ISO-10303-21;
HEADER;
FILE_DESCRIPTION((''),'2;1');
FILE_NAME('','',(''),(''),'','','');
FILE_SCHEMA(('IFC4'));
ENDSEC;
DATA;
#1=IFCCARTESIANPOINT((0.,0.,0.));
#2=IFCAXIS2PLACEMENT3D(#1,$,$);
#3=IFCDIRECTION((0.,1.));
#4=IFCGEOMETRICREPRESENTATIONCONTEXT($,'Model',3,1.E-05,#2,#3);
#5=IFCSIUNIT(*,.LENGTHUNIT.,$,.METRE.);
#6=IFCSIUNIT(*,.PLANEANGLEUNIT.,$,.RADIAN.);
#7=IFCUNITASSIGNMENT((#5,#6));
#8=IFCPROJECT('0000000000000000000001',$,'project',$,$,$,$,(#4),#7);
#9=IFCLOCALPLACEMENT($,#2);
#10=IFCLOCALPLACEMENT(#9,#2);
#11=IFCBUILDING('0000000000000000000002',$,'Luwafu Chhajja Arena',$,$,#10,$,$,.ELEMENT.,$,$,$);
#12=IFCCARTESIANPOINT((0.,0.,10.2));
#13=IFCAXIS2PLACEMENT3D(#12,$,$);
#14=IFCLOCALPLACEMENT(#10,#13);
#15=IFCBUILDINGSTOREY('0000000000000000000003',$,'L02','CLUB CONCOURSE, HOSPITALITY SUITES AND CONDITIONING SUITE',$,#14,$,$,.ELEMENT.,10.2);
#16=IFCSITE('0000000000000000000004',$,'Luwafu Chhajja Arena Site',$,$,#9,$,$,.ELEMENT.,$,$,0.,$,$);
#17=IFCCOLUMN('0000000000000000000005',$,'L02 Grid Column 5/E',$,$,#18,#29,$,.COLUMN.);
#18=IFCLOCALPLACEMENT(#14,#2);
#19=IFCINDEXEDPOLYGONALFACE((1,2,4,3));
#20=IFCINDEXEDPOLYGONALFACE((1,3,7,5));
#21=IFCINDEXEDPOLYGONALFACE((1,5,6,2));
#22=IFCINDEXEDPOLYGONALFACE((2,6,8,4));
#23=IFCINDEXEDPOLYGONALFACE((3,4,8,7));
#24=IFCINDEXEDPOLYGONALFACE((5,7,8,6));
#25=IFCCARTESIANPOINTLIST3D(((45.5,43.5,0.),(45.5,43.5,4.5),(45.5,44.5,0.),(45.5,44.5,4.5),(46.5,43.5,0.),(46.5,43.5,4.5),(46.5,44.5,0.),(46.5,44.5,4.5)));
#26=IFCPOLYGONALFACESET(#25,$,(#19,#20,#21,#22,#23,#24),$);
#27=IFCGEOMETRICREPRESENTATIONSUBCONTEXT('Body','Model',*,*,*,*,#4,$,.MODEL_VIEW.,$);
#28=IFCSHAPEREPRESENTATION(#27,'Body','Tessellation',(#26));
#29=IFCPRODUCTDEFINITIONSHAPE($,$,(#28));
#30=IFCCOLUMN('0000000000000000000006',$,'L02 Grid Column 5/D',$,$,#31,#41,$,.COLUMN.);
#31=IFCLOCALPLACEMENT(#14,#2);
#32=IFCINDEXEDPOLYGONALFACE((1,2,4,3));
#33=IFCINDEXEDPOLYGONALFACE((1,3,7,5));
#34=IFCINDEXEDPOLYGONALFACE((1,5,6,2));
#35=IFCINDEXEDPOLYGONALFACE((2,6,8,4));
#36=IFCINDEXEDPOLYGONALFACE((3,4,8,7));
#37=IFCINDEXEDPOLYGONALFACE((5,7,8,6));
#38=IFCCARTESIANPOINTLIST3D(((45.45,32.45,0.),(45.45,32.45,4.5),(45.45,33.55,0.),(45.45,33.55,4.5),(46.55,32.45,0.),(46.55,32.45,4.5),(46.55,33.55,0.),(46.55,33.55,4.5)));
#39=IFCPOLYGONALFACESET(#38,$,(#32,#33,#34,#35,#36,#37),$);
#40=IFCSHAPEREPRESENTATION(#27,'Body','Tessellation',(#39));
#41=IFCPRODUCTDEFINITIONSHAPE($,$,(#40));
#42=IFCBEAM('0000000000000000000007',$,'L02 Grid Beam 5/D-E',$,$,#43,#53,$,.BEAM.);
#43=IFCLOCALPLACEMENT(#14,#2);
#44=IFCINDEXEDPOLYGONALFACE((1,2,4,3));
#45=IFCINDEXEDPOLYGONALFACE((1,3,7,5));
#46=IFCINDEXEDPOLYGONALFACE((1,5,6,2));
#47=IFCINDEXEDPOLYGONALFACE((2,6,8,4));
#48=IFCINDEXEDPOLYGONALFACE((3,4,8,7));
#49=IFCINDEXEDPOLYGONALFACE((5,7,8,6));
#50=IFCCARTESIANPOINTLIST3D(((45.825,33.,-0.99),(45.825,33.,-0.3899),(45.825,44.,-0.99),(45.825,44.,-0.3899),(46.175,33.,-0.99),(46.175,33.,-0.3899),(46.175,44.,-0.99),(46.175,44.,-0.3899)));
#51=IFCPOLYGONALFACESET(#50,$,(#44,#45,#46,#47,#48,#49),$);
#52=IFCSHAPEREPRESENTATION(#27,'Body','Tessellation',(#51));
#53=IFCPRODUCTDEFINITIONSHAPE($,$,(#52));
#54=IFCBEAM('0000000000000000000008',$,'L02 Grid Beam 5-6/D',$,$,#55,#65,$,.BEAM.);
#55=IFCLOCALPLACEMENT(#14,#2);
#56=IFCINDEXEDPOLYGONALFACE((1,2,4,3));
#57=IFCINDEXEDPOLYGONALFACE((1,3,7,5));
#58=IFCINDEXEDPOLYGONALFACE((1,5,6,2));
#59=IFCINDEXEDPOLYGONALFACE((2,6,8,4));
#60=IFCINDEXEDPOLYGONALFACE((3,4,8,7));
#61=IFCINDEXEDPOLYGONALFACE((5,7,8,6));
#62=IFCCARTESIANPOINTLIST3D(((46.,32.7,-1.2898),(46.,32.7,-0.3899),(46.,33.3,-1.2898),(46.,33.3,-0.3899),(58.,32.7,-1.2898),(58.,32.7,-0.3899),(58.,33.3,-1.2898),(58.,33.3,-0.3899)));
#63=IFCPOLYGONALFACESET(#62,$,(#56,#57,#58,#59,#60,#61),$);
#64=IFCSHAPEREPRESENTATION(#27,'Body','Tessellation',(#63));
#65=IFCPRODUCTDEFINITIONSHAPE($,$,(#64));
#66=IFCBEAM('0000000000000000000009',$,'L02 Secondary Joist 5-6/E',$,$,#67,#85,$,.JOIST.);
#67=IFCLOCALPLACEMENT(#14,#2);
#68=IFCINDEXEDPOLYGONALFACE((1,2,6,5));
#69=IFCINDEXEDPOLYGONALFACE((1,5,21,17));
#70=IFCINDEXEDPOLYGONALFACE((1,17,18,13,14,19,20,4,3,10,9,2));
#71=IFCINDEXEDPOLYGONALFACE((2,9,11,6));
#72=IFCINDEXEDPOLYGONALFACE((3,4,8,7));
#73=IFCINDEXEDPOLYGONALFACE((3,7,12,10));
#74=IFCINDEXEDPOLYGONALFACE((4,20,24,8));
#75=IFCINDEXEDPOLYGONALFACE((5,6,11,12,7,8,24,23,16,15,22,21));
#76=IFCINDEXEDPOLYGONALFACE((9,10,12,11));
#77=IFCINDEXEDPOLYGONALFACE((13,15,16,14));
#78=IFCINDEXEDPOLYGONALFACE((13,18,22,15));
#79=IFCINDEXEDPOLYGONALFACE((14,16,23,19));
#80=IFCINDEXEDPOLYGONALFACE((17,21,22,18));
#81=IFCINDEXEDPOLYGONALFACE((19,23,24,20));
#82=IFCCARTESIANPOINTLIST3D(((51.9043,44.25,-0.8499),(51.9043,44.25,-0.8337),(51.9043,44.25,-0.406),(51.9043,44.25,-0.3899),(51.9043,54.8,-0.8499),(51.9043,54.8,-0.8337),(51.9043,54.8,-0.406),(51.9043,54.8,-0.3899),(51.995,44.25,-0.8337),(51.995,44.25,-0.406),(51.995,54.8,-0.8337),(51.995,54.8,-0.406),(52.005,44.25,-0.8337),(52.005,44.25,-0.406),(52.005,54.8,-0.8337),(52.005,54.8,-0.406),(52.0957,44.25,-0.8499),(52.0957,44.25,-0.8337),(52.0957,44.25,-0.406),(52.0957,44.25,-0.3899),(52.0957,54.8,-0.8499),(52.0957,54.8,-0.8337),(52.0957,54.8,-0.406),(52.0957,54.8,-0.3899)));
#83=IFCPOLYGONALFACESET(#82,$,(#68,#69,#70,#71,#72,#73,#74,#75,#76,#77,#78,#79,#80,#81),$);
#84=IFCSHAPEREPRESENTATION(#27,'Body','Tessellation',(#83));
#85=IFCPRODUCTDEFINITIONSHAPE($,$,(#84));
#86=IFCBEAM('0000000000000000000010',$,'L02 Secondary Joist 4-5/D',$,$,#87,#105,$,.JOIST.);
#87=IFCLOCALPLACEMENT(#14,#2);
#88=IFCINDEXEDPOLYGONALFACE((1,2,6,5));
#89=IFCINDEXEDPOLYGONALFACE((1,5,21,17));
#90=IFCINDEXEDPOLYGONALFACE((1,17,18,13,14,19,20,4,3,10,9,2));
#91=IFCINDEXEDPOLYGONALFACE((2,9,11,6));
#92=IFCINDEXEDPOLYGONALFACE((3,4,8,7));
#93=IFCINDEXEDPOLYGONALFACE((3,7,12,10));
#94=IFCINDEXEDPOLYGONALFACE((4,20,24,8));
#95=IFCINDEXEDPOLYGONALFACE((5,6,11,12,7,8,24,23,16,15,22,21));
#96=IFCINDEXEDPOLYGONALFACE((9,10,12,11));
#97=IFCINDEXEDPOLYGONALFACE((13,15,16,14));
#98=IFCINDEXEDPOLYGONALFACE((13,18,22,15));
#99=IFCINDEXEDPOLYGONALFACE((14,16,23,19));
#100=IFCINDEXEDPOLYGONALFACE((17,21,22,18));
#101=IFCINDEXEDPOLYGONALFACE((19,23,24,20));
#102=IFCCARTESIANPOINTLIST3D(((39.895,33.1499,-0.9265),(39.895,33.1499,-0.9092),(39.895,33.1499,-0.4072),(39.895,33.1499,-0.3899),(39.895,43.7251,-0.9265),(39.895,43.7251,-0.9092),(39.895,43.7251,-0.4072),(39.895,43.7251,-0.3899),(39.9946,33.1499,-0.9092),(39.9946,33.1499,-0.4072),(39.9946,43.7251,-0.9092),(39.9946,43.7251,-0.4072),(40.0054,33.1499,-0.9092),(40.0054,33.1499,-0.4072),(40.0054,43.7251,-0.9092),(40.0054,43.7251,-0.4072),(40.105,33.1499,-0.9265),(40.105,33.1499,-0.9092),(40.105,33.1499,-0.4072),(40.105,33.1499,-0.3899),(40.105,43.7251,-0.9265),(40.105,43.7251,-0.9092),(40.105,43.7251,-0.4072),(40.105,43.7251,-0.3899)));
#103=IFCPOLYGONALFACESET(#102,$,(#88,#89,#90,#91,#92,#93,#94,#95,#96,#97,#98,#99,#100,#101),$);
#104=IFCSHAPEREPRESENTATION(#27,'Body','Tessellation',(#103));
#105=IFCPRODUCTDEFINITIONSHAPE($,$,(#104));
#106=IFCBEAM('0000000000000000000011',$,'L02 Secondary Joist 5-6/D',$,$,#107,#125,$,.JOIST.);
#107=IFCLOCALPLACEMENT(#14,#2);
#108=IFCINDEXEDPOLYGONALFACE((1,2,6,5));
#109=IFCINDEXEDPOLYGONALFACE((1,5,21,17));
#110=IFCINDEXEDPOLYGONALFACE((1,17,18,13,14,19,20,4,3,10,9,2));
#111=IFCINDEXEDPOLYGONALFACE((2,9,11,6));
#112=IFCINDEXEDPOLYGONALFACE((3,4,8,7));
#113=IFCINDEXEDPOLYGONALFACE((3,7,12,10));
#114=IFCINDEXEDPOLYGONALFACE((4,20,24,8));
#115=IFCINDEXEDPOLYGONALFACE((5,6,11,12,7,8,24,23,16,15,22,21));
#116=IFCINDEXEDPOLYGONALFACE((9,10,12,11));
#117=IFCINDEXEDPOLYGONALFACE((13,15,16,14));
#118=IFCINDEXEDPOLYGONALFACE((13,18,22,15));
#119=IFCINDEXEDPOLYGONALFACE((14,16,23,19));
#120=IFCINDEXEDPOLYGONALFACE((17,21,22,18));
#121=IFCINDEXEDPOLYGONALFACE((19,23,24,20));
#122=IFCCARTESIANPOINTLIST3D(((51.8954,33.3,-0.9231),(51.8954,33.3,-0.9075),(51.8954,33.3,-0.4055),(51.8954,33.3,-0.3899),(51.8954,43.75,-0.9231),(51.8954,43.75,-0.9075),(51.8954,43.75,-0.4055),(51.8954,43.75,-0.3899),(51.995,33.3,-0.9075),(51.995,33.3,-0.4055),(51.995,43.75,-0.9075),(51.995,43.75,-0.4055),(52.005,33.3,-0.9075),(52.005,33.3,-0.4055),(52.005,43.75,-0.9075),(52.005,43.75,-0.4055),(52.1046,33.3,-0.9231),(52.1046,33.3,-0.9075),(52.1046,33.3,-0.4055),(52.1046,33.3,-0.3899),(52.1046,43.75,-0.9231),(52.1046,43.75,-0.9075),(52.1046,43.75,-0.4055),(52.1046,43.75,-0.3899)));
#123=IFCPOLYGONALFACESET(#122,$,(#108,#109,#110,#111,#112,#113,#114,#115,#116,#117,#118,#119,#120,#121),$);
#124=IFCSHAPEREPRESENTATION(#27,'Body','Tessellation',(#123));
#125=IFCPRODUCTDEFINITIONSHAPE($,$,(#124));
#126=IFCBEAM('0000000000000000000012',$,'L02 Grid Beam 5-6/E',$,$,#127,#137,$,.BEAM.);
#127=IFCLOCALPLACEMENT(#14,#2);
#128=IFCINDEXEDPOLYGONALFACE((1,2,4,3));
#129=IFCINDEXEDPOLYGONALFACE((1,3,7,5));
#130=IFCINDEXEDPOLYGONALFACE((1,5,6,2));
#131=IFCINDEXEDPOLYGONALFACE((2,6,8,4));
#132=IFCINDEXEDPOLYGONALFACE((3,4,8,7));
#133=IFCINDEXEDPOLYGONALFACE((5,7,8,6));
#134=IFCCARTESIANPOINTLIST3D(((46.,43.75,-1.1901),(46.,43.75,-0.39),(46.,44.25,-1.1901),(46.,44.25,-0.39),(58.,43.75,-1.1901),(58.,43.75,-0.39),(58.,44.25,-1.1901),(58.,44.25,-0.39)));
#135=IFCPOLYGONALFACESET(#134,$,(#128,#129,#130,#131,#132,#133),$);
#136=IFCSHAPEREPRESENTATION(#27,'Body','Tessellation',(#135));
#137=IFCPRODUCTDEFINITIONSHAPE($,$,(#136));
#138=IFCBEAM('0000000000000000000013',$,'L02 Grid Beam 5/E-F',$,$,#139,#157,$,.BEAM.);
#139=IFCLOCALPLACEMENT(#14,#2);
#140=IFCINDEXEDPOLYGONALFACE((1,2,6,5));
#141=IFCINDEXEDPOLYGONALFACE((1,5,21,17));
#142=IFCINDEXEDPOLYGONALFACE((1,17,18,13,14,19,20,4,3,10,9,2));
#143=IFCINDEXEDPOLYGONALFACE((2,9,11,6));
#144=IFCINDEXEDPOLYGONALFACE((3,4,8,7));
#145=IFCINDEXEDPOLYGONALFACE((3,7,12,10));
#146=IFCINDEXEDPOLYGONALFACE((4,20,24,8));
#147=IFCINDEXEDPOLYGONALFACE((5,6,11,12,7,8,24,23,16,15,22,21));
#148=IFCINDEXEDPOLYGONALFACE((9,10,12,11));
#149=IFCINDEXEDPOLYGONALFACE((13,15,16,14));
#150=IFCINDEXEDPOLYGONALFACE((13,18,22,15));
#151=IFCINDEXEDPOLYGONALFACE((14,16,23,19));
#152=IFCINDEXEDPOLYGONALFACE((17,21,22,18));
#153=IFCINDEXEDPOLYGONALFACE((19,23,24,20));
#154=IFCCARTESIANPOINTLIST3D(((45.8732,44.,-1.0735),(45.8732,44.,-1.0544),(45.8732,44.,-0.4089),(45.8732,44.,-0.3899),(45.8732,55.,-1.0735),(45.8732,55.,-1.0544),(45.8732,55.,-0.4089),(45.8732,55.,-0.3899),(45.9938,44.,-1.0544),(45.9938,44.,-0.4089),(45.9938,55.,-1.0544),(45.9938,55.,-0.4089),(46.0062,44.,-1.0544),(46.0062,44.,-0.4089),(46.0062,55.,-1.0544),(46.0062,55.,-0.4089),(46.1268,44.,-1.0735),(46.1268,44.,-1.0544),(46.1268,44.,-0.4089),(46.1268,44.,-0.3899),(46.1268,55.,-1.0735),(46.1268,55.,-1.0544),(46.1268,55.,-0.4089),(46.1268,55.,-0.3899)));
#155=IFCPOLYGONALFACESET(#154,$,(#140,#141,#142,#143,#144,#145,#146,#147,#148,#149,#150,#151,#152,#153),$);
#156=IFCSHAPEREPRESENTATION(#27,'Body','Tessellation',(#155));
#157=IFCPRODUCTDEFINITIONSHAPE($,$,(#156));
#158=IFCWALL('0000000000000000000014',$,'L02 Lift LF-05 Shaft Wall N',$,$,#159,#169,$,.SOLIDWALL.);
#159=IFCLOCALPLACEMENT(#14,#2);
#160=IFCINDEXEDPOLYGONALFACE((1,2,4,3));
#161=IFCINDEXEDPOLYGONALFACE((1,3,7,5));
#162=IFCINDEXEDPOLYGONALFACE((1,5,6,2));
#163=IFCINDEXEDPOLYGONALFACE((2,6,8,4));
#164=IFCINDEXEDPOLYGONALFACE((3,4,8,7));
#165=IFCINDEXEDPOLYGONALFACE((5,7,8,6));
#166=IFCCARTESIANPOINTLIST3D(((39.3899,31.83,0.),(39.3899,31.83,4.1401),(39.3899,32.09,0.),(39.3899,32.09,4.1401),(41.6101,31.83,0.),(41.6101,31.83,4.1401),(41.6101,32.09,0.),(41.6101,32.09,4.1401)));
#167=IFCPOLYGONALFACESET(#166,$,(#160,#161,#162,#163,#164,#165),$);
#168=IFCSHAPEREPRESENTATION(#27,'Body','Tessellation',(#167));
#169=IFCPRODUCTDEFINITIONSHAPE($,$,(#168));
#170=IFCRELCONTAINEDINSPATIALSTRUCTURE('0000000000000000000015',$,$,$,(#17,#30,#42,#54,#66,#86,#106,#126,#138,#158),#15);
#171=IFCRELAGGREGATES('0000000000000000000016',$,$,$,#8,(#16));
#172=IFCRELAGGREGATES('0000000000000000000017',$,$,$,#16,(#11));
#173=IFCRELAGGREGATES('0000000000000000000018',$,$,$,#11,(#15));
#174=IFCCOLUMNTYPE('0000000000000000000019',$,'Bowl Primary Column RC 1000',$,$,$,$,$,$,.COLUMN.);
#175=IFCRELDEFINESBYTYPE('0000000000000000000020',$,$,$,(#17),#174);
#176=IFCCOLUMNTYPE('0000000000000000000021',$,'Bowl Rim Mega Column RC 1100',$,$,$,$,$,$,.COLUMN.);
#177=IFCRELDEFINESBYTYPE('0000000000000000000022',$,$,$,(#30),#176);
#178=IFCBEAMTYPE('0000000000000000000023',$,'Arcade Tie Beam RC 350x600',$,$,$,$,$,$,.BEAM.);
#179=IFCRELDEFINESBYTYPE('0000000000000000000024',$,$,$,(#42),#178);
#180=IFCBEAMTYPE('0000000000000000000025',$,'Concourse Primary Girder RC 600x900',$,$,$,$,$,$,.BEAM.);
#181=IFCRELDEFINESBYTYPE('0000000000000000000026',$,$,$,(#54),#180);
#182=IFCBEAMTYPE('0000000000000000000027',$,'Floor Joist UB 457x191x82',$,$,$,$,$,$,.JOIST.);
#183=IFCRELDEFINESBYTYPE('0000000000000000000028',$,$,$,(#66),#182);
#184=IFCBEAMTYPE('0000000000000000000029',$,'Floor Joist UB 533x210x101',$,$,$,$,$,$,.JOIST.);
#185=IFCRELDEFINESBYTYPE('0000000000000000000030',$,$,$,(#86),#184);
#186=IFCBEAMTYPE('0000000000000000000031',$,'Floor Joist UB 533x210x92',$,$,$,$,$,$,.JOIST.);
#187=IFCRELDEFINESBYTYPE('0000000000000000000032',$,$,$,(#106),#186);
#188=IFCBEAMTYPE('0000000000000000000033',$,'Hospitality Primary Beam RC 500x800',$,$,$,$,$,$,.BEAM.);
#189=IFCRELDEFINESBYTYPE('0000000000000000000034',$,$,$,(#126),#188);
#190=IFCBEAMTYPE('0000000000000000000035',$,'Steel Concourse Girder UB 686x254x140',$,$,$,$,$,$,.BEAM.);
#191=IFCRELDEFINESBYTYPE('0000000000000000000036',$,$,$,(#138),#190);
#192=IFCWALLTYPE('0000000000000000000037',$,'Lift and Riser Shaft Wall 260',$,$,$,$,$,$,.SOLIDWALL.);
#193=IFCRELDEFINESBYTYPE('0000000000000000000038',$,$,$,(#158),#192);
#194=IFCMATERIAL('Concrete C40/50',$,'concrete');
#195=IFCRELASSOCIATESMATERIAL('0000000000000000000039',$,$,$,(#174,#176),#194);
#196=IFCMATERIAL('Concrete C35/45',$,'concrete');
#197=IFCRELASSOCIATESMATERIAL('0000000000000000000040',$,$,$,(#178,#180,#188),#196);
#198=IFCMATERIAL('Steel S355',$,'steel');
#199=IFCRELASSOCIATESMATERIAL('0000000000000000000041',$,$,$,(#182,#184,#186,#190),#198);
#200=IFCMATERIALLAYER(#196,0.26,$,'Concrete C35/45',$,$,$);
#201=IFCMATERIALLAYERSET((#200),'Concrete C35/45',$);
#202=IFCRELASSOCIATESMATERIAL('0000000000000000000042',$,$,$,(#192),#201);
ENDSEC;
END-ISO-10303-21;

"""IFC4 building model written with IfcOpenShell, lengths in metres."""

from ifc_helpers import new_model, si_unit, direction, frame, frame_2d, origin, origin_2d, place, context, subcontext, project, spatial, rectangle, i_section, extrude, material, layer, layer_set, material_profile, profile_set, type_object, element, save


model = new_model("IFC4")

# Units and contexts
model_context = context("Model", 3, precision=1e-05, world=origin(), true_north=direction((0.0, 1.0)))
body_context = subcontext(model_context, "Body", "Model", "MODEL_VIEW")
ifc_project = project(units=[si_unit("LENGTHUNIT", "METRE"), si_unit("PLANEANGLEUNIT", "RADIAN")], contexts=[model_context])

# Site, building, storey
site_placement = place(None, origin())
site = spatial("IfcSite", under=ifc_project, at=site_placement, Name="Luwafu Chhajja Arena Site", CompositionType="ELEMENT", RefElevation=0.0)
building_placement = place(site_placement, origin())
building = spatial("IfcBuilding", under=site, at=building_placement, Name="Luwafu Chhajja Arena", CompositionType="ELEMENT")
storey_placement = place(building_placement, frame((0.0, 0.0, 10.2)))
storey = spatial("IfcBuildingStorey", under=building, at=storey_placement, Name="L02", Description="CLUB CONCOURSE, HOSPITALITY SUITES AND CONDITIONING SUITE", CompositionType="ELEMENT", Elevation=10.2)

# Columns
ifc_material_1 = material(Name="Concrete C40/50", Category="concrete")
ifc_material_profile_1 = material_profile(ifc_material_1, rectangle(XDim=1.0, YDim=1.0, at=origin_2d()), Name="RC 1000x1000")
ifc_profile_set_1 = profile_set([ifc_material_profile_1], Name="Concrete C40/50")
column_type_1 = type_object("IfcColumnType", Name="Bowl Primary Column RC 1000", PredefinedType="COLUMN", material=ifc_profile_set_1)
column_1_placement = place(storey_placement, frame((46.0, 44.0, 0.0), z_axis=(0.0, 0.0, 1.0), x_axis=(1.0, 0.0, 0.0)))
element("IfcColumn", 1, at=column_1_placement, inside=storey, type_object=column_type_1, Name="L02 Grid Column 5/E", PredefinedType="COLUMN", context=body_context, shape_type="SweptSolid", body=[
    extrude(rectangle(XDim=1.0, YDim=1.0, at=origin_2d()), origin(), (0.0, 0.0, 1.0), 4.5),
])
ifc_material_profile_2 = material_profile(ifc_material_1, rectangle(XDim=1.1001, YDim=1.1001, at=origin_2d()), Name="RC 1100x1100")
ifc_profile_set_2 = profile_set([ifc_material_profile_2], Name="Concrete C40/50")
column_type_2 = type_object("IfcColumnType", Name="Bowl Rim Mega Column RC 1100", PredefinedType="COLUMN", material=ifc_profile_set_2)
column_2_placement = place(storey_placement, frame((46.0, 33.0, 0.0), z_axis=(0.0, 0.0, 1.0), x_axis=(1.0, 0.0, 0.0)))
element("IfcColumn", 2, at=column_2_placement, inside=storey, type_object=column_type_2, Name="L02 Grid Column 5/D", PredefinedType="COLUMN", context=body_context, shape_type="SweptSolid", body=[
    extrude(rectangle(XDim=1.1001, YDim=1.1001, at=origin_2d()), origin(), (0.0, 0.0, 1.0), 4.5),
])

# Beams
ifc_material_2 = material(Name="Concrete C35/45", Category="concrete")
ifc_material_profile_3 = material_profile(ifc_material_2, rectangle(XDim=0.3501, YDim=0.6001, at=origin_2d()), Name="RC 350x600")
ifc_profile_set_3 = profile_set([ifc_material_profile_3], Name="Concrete C35/45")
beam_type_1 = type_object("IfcBeamType", Name="Arcade Tie Beam RC 350x600", PredefinedType="BEAM", material=ifc_profile_set_3)
beam_1_placement = place(storey_placement, frame((46.0, 33.0, -0.6899), z_axis=(0.0, 1.0, 0.0), x_axis=(-1.0, 0.0, 0.0)))
element("IfcBeam", 3, at=beam_1_placement, inside=storey, type_object=beam_type_1, Name="L02 Grid Beam 5/D-E", PredefinedType="BEAM", context=body_context, shape_type="SweptSolid", body=[
    extrude(rectangle(XDim=0.3501, YDim=0.6001, at=origin_2d()), origin(), (0.0, 0.0, 1.0), 11.0),
])
ifc_material_profile_4 = material_profile(ifc_material_2, rectangle(XDim=0.6001, YDim=0.8999, at=origin_2d()), Name="RC 600x900")
ifc_profile_set_4 = profile_set([ifc_material_profile_4], Name="Concrete C35/45")
beam_type_2 = type_object("IfcBeamType", Name="Concourse Primary Girder RC 600x900", PredefinedType="BEAM", material=ifc_profile_set_4)
beam_2_placement = place(storey_placement, frame((46.0, 33.0, -0.8398), z_axis=(1.0, 0.0, 0.0), x_axis=(0.0, 1.0, 0.0)))
element("IfcBeam", 4, at=beam_2_placement, inside=storey, type_object=beam_type_2, Name="L02 Grid Beam 5-6/D", PredefinedType="BEAM", context=body_context, shape_type="SweptSolid", body=[
    extrude(rectangle(XDim=0.6001, YDim=0.8999, at=origin_2d()), origin(), (0.0, 0.0, 1.0), 12.0),
])
ifc_material_3 = material(Name="Steel S355", Category="steel")
ifc_material_profile_5 = material_profile(ifc_material_3, i_section(OverallWidth=0.1914, OverallDepth=0.46, WebThickness=0.01, FlangeThickness=0.0161, at=origin_2d()), Name="UB 457x191x82")
ifc_profile_set_5 = profile_set([ifc_material_profile_5], Name="Steel S355")
beam_type_3 = type_object("IfcBeamType", Name="Floor Joist UB 457x191x82", PredefinedType="JOIST", material=ifc_profile_set_5)
beam_3_placement = place(storey_placement, frame((52.0, 44.25, -0.6199), z_axis=(0.0, 1.0, 0.0), x_axis=(-1.0, 0.0, 0.0)))
element("IfcBeam", 5, at=beam_3_placement, inside=storey, type_object=beam_type_3, Name="L02 Secondary Joist 5-6/E", PredefinedType="JOIST", context=body_context, shape_type="SweptSolid", body=[
    extrude(i_section(OverallWidth=0.1914, OverallDepth=0.46, WebThickness=0.01, FlangeThickness=0.0161, at=origin_2d()), origin(), (0.0, 0.0, 1.0), 10.55),
])
ifc_material_profile_6 = material_profile(ifc_material_3, i_section(OverallWidth=0.21, OverallDepth=0.5366, WebThickness=0.0107, FlangeThickness=0.0173, at=origin_2d()), Name="UB 533x210x101")
ifc_profile_set_6 = profile_set([ifc_material_profile_6], Name="Steel S355")
beam_type_4 = type_object("IfcBeamType", Name="Floor Joist UB 533x210x101", PredefinedType="JOIST", material=ifc_profile_set_6)
beam_4_placement = place(storey_placement, frame((40.0, 33.1499, -0.6582), z_axis=(0.0, 1.0, 0.0), x_axis=(-1.0, 0.0, 0.0)))
element("IfcBeam", 6, at=beam_4_placement, inside=storey, type_object=beam_type_4, Name="L02 Secondary Joist 4-5/D", PredefinedType="JOIST", context=body_context, shape_type="SweptSolid", body=[
    extrude(i_section(OverallWidth=0.21, OverallDepth=0.5366, WebThickness=0.0107, FlangeThickness=0.0173, at=origin_2d()), origin(), (0.0, 0.0, 1.0), 10.5752),
])
ifc_material_profile_7 = material_profile(ifc_material_3, i_section(OverallWidth=0.2092, OverallDepth=0.5332, WebThickness=0.01, FlangeThickness=0.0156, at=origin_2d()), Name="UB 533x210x92")
ifc_profile_set_7 = profile_set([ifc_material_profile_7], Name="Steel S355")
beam_type_5 = type_object("IfcBeamType", Name="Floor Joist UB 533x210x92", PredefinedType="JOIST", material=ifc_profile_set_7)
beam_5_placement = place(storey_placement, frame((52.0, 33.3, -0.6565), z_axis=(0.0, 1.0, 0.0), x_axis=(-1.0, 0.0, 0.0)))
element("IfcBeam", 7, at=beam_5_placement, inside=storey, type_object=beam_type_5, Name="L02 Secondary Joist 5-6/D", PredefinedType="JOIST", context=body_context, shape_type="SweptSolid", body=[
    extrude(i_section(OverallWidth=0.2092, OverallDepth=0.5332, WebThickness=0.01, FlangeThickness=0.0156, at=origin_2d()), origin(), (0.0, 0.0, 1.0), 10.45),
])
ifc_material_profile_8 = material_profile(ifc_material_2, rectangle(XDim=0.5, YDim=0.8, at=origin_2d()), Name="RC 500x800")
ifc_profile_set_8 = profile_set([ifc_material_profile_8], Name="Concrete C35/45")
beam_type_6 = type_object("IfcBeamType", Name="Hospitality Primary Beam RC 500x800", PredefinedType="BEAM", material=ifc_profile_set_8)
beam_6_placement = place(storey_placement, frame((46.0, 44.0, -0.79), z_axis=(1.0, 0.0, 0.0), x_axis=(0.0, 1.0, 0.0)))
element("IfcBeam", 8, at=beam_6_placement, inside=storey, type_object=beam_type_6, Name="L02 Grid Beam 5-6/E", PredefinedType="BEAM", context=body_context, shape_type="SweptSolid", body=[
    extrude(rectangle(XDim=0.5, YDim=0.8, at=origin_2d()), origin(), (0.0, 0.0, 1.0), 12.0),
])
ifc_material_profile_9 = material_profile(ifc_material_3, i_section(OverallWidth=0.2537, OverallDepth=0.6836, WebThickness=0.0125, FlangeThickness=0.019, at=origin_2d()), Name="UB 686x254x140")
ifc_profile_set_9 = profile_set([ifc_material_profile_9], Name="Steel S355")
beam_type_7 = type_object("IfcBeamType", Name="Steel Concourse Girder UB 686x254x140", PredefinedType="BEAM", material=ifc_profile_set_9)
beam_7_placement = place(storey_placement, frame((46.0, 44.0, -0.7317), z_axis=(0.0, 1.0, 0.0), x_axis=(-1.0, 0.0, 0.0)))
element("IfcBeam", 9, at=beam_7_placement, inside=storey, type_object=beam_type_7, Name="L02 Grid Beam 5/E-F", PredefinedType="BEAM", context=body_context, shape_type="SweptSolid", body=[
    extrude(i_section(OverallWidth=0.2537, OverallDepth=0.6836, WebThickness=0.0125, FlangeThickness=0.019, at=origin_2d()), origin(), (0.0, 0.0, 1.0), 11.0),
])

# Wall
ifc_layer_1 = layer(ifc_material_2, 0.26, Name="Concrete C35/45")
ifc_layer_set_1 = layer_set([ifc_layer_1], Name="Concrete C35/45")
wall_type_1 = type_object("IfcWallType", Name="Lift and Riser Shaft Wall 260", PredefinedType="SOLIDWALL", material=ifc_layer_set_1)
wall_1_placement = place(storey_placement, frame((39.3899, 31.96, 0.0), z_axis=(0.0, 0.0, 1.0), x_axis=(1.0, 0.0, 0.0)))
element("IfcWall", 10, at=wall_1_placement, inside=storey, type_object=wall_type_1, Name="L02 Lift LF-05 Shaft Wall N", PredefinedType="SOLIDWALL", context=body_context, shape_type="SweptSolid", body=[
    extrude(rectangle(XDim=2.2202, YDim=0.26, at=frame_2d((1.1101, 0.0))), origin(), (0.0, 0.0, 1.0), 4.1401),
])

save(model, "model.ifc")
